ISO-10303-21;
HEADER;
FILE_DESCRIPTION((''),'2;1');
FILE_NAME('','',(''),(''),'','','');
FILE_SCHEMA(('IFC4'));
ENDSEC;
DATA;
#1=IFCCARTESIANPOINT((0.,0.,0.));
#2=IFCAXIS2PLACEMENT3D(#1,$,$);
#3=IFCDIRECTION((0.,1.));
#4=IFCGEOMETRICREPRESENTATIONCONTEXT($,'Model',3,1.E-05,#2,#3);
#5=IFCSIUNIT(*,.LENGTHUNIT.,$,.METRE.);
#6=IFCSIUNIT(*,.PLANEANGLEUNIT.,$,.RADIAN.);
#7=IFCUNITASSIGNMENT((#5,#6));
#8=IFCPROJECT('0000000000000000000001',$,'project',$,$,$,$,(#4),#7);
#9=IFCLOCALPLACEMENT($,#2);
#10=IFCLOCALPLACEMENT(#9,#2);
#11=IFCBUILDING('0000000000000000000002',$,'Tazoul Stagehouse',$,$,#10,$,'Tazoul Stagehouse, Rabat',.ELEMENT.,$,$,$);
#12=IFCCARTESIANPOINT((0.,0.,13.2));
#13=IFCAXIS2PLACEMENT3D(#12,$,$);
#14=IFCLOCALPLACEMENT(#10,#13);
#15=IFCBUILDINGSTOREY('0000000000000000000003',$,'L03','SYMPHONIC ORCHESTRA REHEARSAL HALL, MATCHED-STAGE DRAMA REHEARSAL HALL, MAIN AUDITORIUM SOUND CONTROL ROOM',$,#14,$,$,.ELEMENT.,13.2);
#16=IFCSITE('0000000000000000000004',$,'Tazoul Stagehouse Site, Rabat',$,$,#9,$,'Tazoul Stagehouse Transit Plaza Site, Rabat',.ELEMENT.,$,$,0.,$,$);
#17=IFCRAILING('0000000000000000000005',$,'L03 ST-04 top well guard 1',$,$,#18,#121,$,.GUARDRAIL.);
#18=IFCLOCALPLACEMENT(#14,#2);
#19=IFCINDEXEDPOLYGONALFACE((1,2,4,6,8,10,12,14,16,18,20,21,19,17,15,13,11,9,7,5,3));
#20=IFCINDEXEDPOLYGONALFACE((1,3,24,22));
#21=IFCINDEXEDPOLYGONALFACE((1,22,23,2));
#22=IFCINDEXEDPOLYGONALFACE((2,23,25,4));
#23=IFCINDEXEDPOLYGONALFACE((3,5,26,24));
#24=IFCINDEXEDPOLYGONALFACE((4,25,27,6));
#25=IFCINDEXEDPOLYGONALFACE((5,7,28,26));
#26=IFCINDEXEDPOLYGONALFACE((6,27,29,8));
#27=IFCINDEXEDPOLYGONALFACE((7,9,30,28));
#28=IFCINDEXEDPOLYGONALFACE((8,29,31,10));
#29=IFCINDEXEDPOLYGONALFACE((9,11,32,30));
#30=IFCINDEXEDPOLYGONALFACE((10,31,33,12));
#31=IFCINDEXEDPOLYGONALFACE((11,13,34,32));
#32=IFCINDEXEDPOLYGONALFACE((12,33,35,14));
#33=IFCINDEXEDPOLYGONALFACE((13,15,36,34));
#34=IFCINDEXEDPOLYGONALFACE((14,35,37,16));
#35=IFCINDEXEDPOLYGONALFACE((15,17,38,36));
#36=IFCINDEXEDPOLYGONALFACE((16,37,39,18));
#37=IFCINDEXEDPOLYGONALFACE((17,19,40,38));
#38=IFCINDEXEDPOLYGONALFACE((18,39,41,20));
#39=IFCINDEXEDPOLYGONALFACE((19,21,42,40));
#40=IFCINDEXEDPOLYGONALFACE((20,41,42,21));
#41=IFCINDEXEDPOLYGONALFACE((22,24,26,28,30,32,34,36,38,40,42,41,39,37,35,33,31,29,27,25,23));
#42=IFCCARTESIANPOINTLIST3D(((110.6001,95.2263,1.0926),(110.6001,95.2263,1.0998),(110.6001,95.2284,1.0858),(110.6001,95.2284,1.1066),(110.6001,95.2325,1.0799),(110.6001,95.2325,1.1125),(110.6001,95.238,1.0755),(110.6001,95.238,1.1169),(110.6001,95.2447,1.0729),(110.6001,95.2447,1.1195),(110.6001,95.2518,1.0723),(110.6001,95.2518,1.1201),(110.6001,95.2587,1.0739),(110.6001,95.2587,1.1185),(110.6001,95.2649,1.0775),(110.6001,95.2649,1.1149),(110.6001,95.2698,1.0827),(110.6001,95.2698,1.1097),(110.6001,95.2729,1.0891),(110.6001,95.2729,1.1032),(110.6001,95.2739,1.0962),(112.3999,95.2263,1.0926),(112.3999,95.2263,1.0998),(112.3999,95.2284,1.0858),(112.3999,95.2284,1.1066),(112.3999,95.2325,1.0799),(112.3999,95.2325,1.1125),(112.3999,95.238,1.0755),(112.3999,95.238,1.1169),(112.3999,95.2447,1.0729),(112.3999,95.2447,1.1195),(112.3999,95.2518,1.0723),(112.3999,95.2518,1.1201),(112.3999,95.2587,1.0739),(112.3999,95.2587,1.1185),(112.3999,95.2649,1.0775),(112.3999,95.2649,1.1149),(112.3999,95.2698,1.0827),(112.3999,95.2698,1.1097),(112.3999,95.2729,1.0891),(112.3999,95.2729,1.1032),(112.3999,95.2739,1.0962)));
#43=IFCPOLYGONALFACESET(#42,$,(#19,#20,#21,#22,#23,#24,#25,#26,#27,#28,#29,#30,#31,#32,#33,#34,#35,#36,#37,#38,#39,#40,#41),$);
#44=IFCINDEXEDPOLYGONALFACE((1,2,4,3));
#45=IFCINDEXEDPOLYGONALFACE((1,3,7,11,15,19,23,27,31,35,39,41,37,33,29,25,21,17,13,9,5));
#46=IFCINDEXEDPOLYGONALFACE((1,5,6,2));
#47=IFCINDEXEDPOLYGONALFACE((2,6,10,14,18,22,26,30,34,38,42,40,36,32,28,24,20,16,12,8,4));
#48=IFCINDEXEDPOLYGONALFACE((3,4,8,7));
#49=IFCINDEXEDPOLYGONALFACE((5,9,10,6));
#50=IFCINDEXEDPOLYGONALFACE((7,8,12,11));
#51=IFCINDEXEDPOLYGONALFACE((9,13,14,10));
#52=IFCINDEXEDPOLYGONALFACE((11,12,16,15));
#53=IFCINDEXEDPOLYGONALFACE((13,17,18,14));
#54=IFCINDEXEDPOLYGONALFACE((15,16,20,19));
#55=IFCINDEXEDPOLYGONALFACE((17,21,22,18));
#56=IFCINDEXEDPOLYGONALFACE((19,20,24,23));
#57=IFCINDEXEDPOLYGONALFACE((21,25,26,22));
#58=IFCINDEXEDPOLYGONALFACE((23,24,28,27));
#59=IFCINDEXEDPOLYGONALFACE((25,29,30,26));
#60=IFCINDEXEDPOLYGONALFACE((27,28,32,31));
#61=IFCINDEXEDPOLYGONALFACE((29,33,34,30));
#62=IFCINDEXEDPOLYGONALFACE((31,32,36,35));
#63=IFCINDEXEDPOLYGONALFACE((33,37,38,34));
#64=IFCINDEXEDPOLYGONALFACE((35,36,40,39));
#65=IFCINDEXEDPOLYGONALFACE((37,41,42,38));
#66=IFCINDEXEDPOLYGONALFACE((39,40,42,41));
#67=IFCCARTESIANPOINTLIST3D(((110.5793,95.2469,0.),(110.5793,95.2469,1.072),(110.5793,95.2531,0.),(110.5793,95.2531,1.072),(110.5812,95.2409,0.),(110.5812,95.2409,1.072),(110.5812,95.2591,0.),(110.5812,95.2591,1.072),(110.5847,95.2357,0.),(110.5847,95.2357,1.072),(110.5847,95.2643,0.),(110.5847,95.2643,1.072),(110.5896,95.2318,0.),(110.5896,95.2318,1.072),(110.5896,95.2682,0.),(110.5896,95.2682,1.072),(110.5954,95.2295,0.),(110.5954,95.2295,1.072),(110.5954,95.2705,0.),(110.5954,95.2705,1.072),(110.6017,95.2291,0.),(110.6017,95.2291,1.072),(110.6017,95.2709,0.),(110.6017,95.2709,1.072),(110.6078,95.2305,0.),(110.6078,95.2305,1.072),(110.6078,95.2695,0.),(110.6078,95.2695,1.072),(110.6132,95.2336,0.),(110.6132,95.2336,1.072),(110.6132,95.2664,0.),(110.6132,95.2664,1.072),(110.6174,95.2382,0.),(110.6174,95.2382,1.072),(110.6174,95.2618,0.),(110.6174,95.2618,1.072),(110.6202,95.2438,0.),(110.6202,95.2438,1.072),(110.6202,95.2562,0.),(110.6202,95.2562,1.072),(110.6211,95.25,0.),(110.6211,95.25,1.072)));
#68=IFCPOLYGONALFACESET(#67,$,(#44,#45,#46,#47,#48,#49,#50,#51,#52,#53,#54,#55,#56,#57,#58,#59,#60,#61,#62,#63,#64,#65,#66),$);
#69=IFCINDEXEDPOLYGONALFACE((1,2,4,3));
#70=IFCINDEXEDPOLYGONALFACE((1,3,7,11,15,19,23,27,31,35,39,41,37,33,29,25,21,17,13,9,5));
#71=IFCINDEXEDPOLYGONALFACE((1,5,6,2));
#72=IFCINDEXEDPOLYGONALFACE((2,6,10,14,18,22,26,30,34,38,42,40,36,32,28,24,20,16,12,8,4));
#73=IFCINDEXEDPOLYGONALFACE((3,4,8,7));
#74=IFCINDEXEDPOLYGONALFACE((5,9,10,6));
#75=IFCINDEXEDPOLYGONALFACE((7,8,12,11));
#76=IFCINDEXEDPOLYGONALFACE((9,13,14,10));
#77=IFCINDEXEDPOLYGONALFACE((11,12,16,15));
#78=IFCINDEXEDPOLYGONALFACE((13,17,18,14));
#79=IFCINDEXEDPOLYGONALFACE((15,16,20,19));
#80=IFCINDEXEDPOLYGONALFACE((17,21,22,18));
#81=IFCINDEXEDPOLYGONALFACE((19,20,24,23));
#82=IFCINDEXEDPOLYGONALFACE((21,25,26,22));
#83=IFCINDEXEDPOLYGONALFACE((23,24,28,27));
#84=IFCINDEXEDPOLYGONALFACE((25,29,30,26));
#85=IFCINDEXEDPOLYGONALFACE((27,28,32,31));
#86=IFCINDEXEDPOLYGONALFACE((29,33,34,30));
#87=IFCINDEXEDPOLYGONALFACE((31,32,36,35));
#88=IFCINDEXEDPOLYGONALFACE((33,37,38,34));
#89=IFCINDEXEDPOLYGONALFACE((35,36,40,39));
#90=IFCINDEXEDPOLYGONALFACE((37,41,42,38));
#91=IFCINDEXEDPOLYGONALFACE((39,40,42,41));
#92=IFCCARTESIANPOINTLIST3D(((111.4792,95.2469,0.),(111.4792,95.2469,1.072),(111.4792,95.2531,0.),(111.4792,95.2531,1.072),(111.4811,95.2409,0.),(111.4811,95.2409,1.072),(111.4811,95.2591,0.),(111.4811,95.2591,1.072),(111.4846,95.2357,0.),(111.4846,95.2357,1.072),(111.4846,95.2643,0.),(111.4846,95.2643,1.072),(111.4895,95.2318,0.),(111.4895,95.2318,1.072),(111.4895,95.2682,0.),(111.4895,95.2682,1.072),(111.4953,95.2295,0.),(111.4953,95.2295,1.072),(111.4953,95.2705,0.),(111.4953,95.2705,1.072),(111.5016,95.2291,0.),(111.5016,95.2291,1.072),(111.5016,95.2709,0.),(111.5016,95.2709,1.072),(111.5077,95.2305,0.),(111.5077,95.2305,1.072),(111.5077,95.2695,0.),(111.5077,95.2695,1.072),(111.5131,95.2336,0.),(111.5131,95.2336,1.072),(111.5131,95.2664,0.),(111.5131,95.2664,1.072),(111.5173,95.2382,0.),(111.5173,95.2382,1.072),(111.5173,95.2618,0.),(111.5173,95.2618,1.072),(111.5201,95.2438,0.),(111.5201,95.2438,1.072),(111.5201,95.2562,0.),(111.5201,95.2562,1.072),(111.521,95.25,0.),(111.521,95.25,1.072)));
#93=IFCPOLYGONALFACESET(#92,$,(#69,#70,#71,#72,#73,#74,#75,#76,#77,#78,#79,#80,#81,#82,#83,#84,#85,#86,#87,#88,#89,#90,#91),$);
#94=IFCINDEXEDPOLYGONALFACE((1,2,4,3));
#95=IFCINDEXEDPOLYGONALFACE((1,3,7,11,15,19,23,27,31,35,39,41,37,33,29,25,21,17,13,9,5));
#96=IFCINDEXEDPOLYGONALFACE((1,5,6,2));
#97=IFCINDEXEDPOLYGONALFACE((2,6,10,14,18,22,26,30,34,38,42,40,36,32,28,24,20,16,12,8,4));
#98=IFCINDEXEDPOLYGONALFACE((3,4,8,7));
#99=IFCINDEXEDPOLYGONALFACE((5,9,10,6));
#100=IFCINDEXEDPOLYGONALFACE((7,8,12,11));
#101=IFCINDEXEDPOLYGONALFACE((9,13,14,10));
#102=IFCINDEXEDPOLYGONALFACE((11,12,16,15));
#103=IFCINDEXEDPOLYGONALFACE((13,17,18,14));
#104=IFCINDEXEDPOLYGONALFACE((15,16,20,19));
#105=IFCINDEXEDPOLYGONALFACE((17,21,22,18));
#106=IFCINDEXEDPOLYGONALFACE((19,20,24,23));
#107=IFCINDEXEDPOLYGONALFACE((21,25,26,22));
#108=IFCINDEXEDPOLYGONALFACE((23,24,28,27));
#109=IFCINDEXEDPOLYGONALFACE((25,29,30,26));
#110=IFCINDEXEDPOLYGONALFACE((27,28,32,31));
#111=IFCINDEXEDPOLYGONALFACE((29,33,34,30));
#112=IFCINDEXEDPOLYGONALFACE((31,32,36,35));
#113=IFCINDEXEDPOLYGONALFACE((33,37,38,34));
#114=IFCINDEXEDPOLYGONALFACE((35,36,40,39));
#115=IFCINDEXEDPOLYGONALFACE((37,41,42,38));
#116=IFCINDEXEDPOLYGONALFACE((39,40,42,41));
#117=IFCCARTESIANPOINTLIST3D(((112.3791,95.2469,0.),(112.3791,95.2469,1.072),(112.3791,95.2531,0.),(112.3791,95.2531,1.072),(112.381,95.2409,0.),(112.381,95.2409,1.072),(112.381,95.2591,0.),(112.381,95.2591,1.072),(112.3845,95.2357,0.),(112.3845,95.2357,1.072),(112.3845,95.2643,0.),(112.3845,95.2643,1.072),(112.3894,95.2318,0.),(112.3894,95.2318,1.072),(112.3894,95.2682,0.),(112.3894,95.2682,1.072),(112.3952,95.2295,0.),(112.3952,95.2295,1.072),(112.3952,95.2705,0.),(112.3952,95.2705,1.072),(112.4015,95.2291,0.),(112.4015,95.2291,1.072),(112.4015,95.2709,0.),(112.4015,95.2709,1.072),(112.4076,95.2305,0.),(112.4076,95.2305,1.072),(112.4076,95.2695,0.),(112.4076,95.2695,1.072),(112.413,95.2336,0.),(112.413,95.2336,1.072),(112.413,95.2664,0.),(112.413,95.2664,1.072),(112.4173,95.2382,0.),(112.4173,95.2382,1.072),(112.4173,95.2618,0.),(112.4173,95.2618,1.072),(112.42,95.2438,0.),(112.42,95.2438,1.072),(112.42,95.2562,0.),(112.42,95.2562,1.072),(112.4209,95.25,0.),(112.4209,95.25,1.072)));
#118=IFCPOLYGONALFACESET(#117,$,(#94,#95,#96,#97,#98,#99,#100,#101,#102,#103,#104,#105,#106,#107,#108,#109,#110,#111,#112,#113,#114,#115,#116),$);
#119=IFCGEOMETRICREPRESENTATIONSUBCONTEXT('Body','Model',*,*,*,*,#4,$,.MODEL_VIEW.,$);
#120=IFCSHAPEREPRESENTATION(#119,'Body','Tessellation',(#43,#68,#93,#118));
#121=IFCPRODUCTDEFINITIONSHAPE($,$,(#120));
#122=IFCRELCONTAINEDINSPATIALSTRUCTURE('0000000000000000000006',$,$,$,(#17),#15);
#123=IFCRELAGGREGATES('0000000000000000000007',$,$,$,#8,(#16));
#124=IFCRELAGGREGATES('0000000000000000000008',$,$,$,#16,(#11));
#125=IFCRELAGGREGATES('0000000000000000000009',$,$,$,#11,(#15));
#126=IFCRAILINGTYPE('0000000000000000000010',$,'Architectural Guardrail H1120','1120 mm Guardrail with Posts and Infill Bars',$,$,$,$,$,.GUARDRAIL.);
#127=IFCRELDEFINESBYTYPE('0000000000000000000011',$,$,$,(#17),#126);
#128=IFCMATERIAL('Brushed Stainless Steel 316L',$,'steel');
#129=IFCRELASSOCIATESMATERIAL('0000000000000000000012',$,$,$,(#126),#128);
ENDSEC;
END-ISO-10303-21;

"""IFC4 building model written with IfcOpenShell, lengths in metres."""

from ifc_helpers import new_model, si_unit, direction, frame, origin, origin_2d, place, context, subcontext, project, spatial, circle, extrude, material, material_profile, profile_set, type_object, element, save


model = new_model("IFC4")

# Units and contexts
model_context = context("Model", 3, precision=1e-05, world=origin(), true_north=direction((0.0, 1.0)))
body_context = subcontext(model_context, "Body", "Model", "MODEL_VIEW")
ifc_project = project(units=[si_unit("LENGTHUNIT", "METRE"), si_unit("PLANEANGLEUNIT", "RADIAN")], contexts=[model_context])

# Site, building, storey
site_placement = place(None, origin())
site = spatial("IfcSite", under=ifc_project, at=site_placement, Name="Tazoul Stagehouse Site, Rabat", LongName="Tazoul Stagehouse Transit Plaza Site, Rabat", CompositionType="ELEMENT", RefElevation=0.0)
building_placement = place(site_placement, origin())
building = spatial("IfcBuilding", under=site, at=building_placement, Name="Tazoul Stagehouse", LongName="Tazoul Stagehouse, Rabat", CompositionType="ELEMENT")
storey_placement = place(building_placement, frame((0.0, 0.0, 13.2)))
storey = spatial("IfcBuildingStorey", under=building, at=storey_placement, Name="L03", Description="SYMPHONIC ORCHESTRA REHEARSAL HALL, MATCHED-STAGE DRAMA REHEARSAL HALL, MAIN AUDITORIUM SOUND CONTROL ROOM", CompositionType="ELEMENT", Elevation=13.2)

# Railing
ifc_material_1 = material(Name="Brushed Stainless Steel 316L", Category="steel")
ifc_material_profile_1 = material_profile(ifc_material_1, circle(Radius=0.0239, at=origin_2d()), Name="SS RAIL D48")
ifc_profile_set_1 = profile_set([ifc_material_profile_1], Name="Brushed Stainless Steel 316L")
railing_type = type_object("IfcRailingType", Name="Architectural Guardrail H1120", Description="1120 mm Guardrail with Posts and Infill Bars", PredefinedType="GUARDRAIL", material=ifc_profile_set_1)
railing_placement = place(storey_placement, frame((110.6001, 95.25, 0.0)))
element("IfcRailing", 1, at=railing_placement, inside=storey, type_object=railing_type, Name="L03 ST-04 top well guard 1", PredefinedType="GUARDRAIL", context=body_context, shape_type="SweptSolid", body=[
    extrude(circle(Radius=0.0239, at=origin_2d()), frame((0.0, 0.0, 1.0962), z_axis=(1.0, 0.0, 0.0), x_axis=(0.0, 1.0, 0.0)), (0.0, 0.0, 1.0), 1.7998),
    extrude(circle(Radius=0.021, at=origin_2d()), origin(), (0.0, 0.0, 1.0), 1.072),
    extrude(circle(Radius=0.021, at=origin_2d()), frame((0.8999, 0.0, 0.0)), (0.0, 0.0, 1.0), 1.072),
    extrude(circle(Radius=0.021, at=origin_2d()), frame((1.7998, 0.0, 0.0)), (0.0, 0.0, 1.0), 1.072),
])

save(model, "model.ifc")
